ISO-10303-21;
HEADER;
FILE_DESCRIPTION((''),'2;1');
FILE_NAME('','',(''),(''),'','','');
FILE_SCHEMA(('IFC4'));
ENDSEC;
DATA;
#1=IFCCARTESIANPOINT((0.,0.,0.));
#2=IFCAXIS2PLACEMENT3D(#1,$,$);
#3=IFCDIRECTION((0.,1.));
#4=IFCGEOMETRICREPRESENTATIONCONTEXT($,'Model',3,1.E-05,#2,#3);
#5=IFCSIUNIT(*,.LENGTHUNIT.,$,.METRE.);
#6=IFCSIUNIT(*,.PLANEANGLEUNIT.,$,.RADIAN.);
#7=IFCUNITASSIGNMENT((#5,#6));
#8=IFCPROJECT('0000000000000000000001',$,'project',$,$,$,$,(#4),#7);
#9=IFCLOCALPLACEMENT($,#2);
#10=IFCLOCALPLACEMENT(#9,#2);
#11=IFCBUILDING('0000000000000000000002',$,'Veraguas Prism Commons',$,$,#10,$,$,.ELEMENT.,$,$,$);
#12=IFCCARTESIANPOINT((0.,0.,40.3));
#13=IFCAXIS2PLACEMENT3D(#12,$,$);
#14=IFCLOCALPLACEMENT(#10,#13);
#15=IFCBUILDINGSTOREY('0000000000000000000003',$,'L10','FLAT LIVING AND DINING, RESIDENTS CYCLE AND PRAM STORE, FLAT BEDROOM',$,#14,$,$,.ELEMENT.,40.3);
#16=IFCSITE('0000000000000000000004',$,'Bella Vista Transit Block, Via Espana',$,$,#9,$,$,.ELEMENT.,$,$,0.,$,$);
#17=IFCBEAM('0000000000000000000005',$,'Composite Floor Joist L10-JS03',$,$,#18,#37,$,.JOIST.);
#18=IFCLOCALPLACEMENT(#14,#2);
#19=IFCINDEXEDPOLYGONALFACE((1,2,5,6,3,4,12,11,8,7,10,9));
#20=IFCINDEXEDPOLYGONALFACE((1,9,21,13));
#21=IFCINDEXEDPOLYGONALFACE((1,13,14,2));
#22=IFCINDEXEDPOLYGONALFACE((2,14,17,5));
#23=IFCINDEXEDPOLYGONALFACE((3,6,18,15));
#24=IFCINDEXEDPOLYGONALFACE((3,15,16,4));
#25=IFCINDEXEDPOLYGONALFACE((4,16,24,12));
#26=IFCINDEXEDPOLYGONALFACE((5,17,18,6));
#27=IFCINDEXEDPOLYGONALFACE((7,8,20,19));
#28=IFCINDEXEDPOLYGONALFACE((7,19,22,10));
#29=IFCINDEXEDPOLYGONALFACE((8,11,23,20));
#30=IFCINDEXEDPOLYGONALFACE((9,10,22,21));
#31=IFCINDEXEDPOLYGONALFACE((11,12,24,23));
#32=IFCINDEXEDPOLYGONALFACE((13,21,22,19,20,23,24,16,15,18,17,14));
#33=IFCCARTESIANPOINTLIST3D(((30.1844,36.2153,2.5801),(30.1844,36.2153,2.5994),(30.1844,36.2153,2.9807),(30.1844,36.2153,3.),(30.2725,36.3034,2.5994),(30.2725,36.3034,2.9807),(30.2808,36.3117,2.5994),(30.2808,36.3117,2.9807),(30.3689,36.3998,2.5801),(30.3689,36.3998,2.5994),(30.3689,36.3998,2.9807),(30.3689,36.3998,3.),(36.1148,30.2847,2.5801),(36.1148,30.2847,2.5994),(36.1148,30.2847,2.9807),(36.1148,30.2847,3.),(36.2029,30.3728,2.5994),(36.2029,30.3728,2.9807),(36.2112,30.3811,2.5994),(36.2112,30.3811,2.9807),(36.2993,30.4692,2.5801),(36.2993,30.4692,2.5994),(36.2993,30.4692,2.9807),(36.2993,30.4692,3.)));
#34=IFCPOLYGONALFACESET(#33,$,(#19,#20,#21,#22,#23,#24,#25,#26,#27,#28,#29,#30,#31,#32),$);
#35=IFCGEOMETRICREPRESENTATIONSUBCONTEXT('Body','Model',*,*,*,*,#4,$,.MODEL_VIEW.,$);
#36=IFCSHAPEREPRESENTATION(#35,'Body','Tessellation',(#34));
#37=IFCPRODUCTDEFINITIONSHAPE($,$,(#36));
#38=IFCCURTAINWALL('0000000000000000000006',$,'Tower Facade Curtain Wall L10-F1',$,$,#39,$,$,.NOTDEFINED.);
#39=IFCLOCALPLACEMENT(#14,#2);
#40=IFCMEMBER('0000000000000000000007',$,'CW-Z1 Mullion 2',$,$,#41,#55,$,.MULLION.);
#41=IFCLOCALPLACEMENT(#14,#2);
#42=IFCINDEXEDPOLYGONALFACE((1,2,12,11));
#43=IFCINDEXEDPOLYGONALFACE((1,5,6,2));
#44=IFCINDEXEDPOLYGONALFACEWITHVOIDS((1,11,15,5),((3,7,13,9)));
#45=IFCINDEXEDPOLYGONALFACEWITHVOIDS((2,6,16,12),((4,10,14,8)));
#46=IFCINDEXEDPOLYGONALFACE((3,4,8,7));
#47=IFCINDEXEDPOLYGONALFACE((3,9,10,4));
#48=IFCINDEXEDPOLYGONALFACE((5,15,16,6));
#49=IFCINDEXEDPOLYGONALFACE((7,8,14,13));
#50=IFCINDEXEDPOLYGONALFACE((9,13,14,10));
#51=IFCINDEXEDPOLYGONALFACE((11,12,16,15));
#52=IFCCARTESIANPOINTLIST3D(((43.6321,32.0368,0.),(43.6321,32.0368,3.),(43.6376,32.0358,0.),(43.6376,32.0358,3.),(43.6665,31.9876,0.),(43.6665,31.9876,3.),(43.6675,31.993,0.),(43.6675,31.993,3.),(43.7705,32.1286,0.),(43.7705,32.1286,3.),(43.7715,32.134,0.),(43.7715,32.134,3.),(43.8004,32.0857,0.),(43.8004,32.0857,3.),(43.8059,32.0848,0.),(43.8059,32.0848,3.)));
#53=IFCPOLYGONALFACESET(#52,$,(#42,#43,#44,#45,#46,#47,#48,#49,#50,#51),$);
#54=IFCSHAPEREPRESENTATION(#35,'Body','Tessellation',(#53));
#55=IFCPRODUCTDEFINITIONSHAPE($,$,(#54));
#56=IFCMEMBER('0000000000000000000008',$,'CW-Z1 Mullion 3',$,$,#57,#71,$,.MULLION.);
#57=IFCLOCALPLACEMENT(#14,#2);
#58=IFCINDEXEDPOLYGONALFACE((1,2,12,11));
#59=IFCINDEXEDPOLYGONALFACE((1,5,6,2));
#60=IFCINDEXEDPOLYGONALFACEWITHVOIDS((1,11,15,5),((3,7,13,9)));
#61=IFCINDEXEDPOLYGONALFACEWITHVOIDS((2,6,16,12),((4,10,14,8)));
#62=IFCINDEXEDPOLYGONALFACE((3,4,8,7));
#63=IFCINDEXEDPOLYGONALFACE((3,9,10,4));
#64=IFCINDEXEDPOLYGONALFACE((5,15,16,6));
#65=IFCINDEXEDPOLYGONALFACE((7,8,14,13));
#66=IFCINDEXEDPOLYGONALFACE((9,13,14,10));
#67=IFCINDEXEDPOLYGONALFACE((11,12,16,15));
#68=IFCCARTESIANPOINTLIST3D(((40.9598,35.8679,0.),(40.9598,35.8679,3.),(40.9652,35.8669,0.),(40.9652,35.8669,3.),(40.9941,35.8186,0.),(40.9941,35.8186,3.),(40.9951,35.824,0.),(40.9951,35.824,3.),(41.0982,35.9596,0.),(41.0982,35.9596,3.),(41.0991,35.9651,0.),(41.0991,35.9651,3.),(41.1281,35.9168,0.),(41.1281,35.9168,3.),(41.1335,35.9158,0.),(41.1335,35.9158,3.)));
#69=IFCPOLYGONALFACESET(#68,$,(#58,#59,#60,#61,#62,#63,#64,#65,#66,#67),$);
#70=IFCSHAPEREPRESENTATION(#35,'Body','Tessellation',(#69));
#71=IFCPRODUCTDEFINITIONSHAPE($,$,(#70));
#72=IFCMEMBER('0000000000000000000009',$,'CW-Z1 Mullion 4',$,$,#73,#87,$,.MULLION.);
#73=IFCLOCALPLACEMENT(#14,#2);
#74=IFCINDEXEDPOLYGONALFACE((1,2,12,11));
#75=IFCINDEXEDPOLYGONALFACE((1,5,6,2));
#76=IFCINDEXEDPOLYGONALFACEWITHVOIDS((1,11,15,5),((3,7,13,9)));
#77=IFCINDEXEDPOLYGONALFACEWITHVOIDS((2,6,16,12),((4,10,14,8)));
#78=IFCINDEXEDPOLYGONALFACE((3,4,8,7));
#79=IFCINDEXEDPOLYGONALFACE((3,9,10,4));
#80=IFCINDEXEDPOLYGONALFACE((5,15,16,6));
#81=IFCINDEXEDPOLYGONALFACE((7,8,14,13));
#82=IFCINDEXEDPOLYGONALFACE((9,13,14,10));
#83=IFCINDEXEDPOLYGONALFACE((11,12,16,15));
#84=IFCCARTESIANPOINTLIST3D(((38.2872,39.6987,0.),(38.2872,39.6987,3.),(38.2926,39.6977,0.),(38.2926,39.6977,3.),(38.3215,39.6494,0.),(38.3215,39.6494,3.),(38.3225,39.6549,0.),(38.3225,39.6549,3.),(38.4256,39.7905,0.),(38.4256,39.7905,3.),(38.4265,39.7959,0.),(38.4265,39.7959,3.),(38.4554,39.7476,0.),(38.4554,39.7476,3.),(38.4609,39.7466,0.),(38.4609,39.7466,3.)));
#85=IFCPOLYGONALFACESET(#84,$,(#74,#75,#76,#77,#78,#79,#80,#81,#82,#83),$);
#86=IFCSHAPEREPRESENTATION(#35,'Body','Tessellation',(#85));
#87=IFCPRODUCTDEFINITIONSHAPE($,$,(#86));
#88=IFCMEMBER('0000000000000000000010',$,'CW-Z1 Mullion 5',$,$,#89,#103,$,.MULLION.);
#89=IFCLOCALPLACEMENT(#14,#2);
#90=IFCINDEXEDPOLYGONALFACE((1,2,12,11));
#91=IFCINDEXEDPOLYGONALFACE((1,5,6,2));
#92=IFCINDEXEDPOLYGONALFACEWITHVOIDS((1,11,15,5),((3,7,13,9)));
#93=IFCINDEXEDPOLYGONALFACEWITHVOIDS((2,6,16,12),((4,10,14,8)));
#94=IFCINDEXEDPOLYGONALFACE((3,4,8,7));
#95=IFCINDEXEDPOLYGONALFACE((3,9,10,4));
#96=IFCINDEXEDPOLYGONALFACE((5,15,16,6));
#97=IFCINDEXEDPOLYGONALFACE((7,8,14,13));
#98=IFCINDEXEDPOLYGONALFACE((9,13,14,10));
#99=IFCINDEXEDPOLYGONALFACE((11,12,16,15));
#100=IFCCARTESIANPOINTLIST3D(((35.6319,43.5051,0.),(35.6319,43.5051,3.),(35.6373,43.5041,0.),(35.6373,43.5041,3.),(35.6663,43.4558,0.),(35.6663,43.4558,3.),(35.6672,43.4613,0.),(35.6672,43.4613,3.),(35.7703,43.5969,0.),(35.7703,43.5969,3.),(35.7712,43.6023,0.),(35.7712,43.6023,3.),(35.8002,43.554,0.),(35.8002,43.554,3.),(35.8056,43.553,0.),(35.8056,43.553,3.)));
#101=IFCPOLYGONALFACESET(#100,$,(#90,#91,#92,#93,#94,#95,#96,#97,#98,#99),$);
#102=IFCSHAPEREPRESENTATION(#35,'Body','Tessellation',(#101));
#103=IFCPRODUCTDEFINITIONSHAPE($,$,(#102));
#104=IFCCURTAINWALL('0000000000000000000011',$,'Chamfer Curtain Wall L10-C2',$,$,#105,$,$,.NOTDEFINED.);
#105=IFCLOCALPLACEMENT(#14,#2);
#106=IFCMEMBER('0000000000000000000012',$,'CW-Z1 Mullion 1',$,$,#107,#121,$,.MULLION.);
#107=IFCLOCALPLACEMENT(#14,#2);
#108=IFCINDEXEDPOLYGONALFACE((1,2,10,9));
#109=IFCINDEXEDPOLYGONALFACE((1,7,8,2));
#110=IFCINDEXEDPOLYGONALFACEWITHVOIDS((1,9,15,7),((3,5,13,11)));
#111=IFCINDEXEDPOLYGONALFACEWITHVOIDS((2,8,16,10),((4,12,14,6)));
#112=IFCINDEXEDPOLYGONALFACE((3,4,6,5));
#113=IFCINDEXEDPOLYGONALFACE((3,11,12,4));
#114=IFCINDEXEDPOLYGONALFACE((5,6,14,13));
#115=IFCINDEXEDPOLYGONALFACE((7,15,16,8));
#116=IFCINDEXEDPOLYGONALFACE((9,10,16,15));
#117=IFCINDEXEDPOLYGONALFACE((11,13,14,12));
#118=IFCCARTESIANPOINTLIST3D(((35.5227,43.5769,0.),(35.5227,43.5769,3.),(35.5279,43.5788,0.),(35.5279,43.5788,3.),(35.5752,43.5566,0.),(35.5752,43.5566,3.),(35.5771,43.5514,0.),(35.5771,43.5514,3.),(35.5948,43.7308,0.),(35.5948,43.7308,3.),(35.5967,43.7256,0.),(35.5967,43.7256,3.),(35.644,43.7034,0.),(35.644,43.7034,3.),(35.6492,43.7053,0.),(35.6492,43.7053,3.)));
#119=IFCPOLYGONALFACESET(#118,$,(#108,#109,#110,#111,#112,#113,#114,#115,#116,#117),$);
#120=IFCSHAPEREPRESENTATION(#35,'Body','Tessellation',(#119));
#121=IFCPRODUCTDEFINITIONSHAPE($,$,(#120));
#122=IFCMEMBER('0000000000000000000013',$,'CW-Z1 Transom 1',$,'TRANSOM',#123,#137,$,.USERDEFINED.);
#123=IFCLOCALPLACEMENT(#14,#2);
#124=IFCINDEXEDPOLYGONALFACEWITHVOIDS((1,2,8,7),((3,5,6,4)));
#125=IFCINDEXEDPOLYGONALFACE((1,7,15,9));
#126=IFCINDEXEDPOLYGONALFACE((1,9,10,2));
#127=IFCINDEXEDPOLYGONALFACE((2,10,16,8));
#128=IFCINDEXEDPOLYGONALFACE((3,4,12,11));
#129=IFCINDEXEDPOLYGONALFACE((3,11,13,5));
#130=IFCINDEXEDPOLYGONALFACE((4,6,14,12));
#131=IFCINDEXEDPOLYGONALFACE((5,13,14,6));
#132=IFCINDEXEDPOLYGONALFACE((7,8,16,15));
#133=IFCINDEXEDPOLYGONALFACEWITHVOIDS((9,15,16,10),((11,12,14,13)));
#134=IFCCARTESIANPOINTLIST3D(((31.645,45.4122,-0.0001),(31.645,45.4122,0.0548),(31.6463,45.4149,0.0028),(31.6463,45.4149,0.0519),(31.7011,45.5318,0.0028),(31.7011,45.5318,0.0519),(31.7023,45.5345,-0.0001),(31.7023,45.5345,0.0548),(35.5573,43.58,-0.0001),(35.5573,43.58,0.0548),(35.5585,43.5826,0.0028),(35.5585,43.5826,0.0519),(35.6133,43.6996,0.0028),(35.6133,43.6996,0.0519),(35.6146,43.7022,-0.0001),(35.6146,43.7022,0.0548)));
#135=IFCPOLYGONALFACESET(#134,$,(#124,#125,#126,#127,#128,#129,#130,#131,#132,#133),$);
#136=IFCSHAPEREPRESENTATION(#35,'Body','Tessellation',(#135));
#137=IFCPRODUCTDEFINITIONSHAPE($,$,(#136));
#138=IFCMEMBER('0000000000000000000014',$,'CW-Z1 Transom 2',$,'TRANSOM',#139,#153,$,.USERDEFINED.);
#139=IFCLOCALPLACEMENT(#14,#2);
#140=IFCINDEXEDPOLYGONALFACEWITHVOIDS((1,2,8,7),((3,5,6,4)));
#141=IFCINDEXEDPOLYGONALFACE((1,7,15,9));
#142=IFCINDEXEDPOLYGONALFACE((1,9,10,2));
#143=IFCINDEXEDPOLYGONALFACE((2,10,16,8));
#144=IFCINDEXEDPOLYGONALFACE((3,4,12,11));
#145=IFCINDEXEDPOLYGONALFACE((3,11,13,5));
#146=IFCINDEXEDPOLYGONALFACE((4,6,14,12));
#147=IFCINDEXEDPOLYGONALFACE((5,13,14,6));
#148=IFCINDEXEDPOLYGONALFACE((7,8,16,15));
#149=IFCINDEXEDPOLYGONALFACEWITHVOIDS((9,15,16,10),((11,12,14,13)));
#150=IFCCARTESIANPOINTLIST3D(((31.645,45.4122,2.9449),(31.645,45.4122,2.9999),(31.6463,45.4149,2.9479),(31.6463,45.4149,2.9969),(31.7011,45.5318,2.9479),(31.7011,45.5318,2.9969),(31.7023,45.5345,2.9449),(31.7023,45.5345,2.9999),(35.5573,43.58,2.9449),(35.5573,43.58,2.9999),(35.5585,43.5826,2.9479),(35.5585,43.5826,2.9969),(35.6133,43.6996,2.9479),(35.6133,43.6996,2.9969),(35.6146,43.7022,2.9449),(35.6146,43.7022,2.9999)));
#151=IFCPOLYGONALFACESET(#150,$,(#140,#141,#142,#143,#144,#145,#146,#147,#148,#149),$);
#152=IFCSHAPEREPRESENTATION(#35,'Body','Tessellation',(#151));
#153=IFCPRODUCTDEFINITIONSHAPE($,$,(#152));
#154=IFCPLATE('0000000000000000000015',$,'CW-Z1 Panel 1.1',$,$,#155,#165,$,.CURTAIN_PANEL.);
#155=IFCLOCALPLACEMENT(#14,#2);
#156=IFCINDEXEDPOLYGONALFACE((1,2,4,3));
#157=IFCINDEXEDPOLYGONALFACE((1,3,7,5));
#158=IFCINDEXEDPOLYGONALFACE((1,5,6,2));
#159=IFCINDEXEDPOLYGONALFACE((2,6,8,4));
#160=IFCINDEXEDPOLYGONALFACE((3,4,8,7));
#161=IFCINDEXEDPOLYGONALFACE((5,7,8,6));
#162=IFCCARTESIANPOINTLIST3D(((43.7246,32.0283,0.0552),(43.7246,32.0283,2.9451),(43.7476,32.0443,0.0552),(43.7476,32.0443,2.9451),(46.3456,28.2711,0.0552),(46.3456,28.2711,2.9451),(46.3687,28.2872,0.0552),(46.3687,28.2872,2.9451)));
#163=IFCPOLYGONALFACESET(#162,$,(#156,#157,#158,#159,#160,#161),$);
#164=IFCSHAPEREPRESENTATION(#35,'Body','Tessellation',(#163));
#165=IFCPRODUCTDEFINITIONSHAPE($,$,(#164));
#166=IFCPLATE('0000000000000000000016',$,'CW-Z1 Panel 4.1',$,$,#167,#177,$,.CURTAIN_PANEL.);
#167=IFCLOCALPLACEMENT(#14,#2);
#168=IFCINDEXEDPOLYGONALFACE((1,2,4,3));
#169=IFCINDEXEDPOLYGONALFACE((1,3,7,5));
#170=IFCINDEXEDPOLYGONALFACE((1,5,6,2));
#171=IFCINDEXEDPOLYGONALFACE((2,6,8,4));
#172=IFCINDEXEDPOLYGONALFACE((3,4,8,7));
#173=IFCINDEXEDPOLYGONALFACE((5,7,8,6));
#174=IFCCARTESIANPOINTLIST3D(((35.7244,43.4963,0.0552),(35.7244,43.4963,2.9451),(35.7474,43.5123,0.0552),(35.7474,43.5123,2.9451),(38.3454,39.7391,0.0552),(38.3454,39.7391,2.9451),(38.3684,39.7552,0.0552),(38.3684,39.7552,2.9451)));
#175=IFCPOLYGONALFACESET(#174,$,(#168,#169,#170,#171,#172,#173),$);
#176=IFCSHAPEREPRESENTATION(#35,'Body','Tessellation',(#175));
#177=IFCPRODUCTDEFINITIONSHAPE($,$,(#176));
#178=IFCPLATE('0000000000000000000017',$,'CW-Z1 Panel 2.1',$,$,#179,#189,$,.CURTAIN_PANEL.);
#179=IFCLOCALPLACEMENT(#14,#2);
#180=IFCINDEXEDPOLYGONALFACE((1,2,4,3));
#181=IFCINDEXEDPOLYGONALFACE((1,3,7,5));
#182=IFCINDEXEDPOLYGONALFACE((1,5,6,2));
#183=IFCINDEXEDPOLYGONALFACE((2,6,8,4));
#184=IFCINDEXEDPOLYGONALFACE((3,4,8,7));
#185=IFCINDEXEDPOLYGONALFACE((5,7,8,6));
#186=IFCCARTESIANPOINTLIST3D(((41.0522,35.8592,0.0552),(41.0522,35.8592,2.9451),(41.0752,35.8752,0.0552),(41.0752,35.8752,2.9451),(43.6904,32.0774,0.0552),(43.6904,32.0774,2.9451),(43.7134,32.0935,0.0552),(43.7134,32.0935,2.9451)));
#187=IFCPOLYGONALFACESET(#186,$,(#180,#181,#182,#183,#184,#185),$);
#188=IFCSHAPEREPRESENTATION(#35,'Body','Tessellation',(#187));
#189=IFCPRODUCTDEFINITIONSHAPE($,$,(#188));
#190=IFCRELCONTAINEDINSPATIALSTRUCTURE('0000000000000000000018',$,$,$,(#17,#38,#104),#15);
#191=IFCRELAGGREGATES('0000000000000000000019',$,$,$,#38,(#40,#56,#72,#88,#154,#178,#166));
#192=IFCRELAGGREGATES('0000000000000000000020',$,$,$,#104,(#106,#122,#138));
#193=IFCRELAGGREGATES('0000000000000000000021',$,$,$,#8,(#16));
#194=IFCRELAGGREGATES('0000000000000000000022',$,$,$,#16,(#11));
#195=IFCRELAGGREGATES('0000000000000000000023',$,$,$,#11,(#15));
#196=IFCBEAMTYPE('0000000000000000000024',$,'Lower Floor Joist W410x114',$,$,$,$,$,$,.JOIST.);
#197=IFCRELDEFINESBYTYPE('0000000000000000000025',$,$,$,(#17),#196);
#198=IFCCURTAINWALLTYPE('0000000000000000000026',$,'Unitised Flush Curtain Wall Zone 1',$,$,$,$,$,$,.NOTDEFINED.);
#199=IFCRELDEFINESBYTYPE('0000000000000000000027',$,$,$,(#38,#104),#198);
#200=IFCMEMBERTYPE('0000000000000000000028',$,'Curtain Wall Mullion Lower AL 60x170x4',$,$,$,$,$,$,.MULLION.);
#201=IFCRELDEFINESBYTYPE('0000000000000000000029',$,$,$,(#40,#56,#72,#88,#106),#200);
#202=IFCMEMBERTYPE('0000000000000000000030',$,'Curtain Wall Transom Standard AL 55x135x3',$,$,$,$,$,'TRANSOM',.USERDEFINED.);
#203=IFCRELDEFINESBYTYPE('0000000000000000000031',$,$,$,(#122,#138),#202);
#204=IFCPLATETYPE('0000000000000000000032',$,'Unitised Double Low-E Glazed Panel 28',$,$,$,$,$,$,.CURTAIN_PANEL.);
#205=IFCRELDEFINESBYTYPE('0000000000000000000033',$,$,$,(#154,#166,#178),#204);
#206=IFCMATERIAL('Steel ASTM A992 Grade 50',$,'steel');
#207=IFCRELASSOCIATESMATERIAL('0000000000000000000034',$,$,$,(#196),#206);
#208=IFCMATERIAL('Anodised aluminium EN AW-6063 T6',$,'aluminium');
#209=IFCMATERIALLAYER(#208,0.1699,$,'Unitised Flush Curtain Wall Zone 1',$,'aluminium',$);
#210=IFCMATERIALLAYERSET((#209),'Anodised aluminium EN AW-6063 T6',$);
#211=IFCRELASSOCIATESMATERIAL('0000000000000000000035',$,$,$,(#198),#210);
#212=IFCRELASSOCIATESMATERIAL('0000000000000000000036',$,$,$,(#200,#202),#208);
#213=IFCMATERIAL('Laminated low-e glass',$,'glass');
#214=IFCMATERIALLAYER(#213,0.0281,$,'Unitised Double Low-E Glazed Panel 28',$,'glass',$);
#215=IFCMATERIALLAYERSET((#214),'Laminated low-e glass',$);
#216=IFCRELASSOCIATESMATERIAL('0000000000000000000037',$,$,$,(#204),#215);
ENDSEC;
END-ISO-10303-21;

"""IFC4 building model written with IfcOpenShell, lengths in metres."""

from ifc_helpers import new_model, si_unit, direction, frame, origin, origin_2d, place, context, subcontext, project, spatial, rectangle, hollow_rectangle, i_section, extrude, source, transform, mapped, material, layer, layer_set, material_profile, profile_set, type_object, element, aggregate, save


model = new_model("IFC4")

# Units and contexts
model_context = context("Model", 3, precision=1e-05, world=origin(), true_north=direction((0.0, 1.0)))
body_context = subcontext(model_context, "Body", "Model", "MODEL_VIEW")
ifc_project = project(units=[si_unit("LENGTHUNIT", "METRE"), si_unit("PLANEANGLEUNIT", "RADIAN")], contexts=[model_context])

# Site, building, storey
site_placement = place(None, origin())
site = spatial("IfcSite", under=ifc_project, at=site_placement, Name="Bella Vista Transit Block, Via Espana", CompositionType="ELEMENT", RefElevation=0.0)
building_placement = place(site_placement, origin())
building = spatial("IfcBuilding", under=site, at=building_placement, Name="Veraguas Prism Commons", CompositionType="ELEMENT")
storey_placement = place(building_placement, frame((0.0, 0.0, 40.3)))
storey = spatial("IfcBuildingStorey", under=building, at=storey_placement, Name="L10", Description="FLAT LIVING AND DINING, RESIDENTS CYCLE AND PRAM STORE, FLAT BEDROOM", CompositionType="ELEMENT", Elevation=40.3)

# Beam
ifc_material_1 = material(Name="Steel ASTM A992 Grade 50", Category="steel")
ifc_material_profile_1 = material_profile(ifc_material_1, i_section(OverallWidth=0.261, OverallDepth=0.4199, WebThickness=0.0117, FlangeThickness=0.0193, at=origin_2d()), Name="W410X114")
ifc_profile_set_1 = profile_set([ifc_material_profile_1], Name="Steel ASTM A992 Grade 50")
beam_type = type_object("IfcBeamType", Name="Lower Floor Joist W410x114", PredefinedType="JOIST", material=ifc_profile_set_1)
beam_placement = place(storey_placement, frame((36.207, 30.377, 2.79), z_axis=(-0.707092, 0.707121, 0.0), x_axis=(-0.707121, -0.707092, 0.0)))
element("IfcBeam", 1, at=beam_placement, inside=storey, type_object=beam_type, Name="Composite Floor Joist L10-JS03", PredefinedType="JOIST", context=body_context, shape_type="SweptSolid", body=[
    extrude(i_section(OverallWidth=0.261, OverallDepth=0.4199, WebThickness=0.0117, FlangeThickness=0.0193, at=origin_2d()), origin(), (0.0, 0.0, 1.0), 8.387),
])

# Curtain walls, members
ifc_material_2 = material(Name="Anodised aluminium EN AW-6063 T6", Category="aluminium")
ifc_layer_1 = layer(ifc_material_2, 0.1699, Name="Unitised Flush Curtain Wall Zone 1", Category="aluminium")
ifc_layer_set_1 = layer_set([ifc_layer_1], Name="Anodised aluminium EN AW-6063 T6")
curtain_wall_type = type_object("IfcCurtainWallType", Name="Unitised Flush Curtain Wall Zone 1", PredefinedType="NOTDEFINED", material=ifc_layer_set_1)
curtain_wall_1_placement = place(storey_placement, origin())
curtain_wall_1 = element("IfcCurtainWall", 2, at=curtain_wall_1_placement, inside=storey, type_object=curtain_wall_type, Name="Tower Facade Curtain Wall L10-F1", PredefinedType="NOTDEFINED")
ifc_material_profile_2 = material_profile(ifc_material_2, hollow_rectangle(XDim=0.0601, YDim=0.1699, WallThickness=0.0039, at=origin_2d()), Name="AL60X170X4")
ifc_profile_set_2 = profile_set([ifc_material_profile_2], Name="Anodised aluminium EN AW-6063 T6")
member_type_1 = type_object("IfcMemberType", Name="Curtain Wall Mullion Lower AL 60x170x4", PredefinedType="MULLION", material=ifc_profile_set_2)
shared_shape_1 = source(origin(), body_context, "Body", "SweptSolid", [
    extrude(hollow_rectangle(XDim=0.0601, YDim=0.1699, WallThickness=0.0039, at=origin_2d()), origin(), (0.0, 0.0, 1.0), 3.0),
])
member_1_placement = place(storey_placement, frame((43.719, 32.0608, 0.0), z_axis=(0.0, 0.0, 1.0), x_axis=(-0.572146, 0.820152, 0.0)))
member_1 = element("IfcMember", 3, at=member_1_placement, type_object=member_type_1, Name="CW-Z1 Mullion 2", PredefinedType="MULLION", context=body_context, shape_type="MappedRepresentation", body=[
    mapped(shared_shape_1, transform((0.0, 0.0, 0.0), scale=1.0)),
])
member_2_placement = place(storey_placement, frame((41.0466, 35.8918, 0.0), z_axis=(0.0, 0.0, 1.0), x_axis=(-0.572146, 0.820152, 0.0)))
member_2 = element("IfcMember", 4, at=member_2_placement, type_object=member_type_1, Name="CW-Z1 Mullion 3", PredefinedType="MULLION", context=body_context, shape_type="MappedRepresentation", body=[
    mapped(shared_shape_1, transform((0.0, 0.0, 0.0), scale=1.0)),
])
member_3_placement = place(storey_placement, frame((38.374, 39.7227, 0.0), z_axis=(0.0, 0.0, 1.0), x_axis=(-0.572146, 0.820152, 0.0)))
member_3 = element("IfcMember", 5, at=member_3_placement, type_object=member_type_1, Name="CW-Z1 Mullion 4", PredefinedType="MULLION", context=body_context, shape_type="MappedRepresentation", body=[
    mapped(shared_shape_1, transform((0.0, 0.0, 0.0), scale=1.0)),
])
member_4_placement = place(storey_placement, frame((35.7188, 43.5291, 0.0), z_axis=(0.0, 0.0, 1.0), x_axis=(-0.572146, 0.820152, 0.0)))
member_4 = element("IfcMember", 6, at=member_4_placement, type_object=member_type_1, Name="CW-Z1 Mullion 5", PredefinedType="MULLION", context=body_context, shape_type="MappedRepresentation", body=[
    mapped(shared_shape_1, transform((0.0, 0.0, 0.0), scale=1.0)),
])
curtain_wall_2_placement = place(storey_placement, origin())
curtain_wall_2 = element("IfcCurtainWall", 7, at=curtain_wall_2_placement, inside=storey, type_object=curtain_wall_type, Name="Chamfer Curtain Wall L10-C2", PredefinedType="NOTDEFINED")
member_5_placement = place(storey_placement, frame((35.5859, 43.6411, 0.0), z_axis=(0.0, 0.0, 1.0), x_axis=(-0.905581, 0.424173, 0.0)))
member_5 = element("IfcMember", 8, at=member_5_placement, type_object=member_type_1, Name="CW-Z1 Mullion 1", PredefinedType="MULLION", context=body_context, shape_type="MappedRepresentation", body=[
    mapped(shared_shape_1, transform((0.0, 0.0, 0.0), scale=1.0)),
])
ifc_material_profile_3 = material_profile(ifc_material_2, hollow_rectangle(XDim=0.0549, YDim=0.135, WallThickness=0.0029, at=origin_2d()), Name="AL55X135X3")
ifc_profile_set_3 = profile_set([ifc_material_profile_3], Name="Anodised aluminium EN AW-6063 T6")
member_type_2 = type_object("IfcMemberType", Name="Curtain Wall Transom Standard AL 55x135x3", ElementType="TRANSOM", PredefinedType="USERDEFINED", material=ifc_profile_set_3)
shared_shape_2 = source(origin(), body_context, "Body", "SweptSolid", [
    extrude(hollow_rectangle(XDim=0.0549, YDim=0.135, WallThickness=0.0029, at=origin_2d()), origin(), (0.0, 0.0, 1.0), 4.3201),
])
member_6_placement = place(storey_placement, frame((35.5859, 43.6411, 0.0273), z_axis=(-0.905605, 0.424123, 0.0), x_axis=(0.0, 0.0, 1.0)))
member_6 = element("IfcMember", 9, at=member_6_placement, type_object=member_type_2, Name="CW-Z1 Transom 1", ObjectType="TRANSOM", PredefinedType="USERDEFINED", context=body_context, shape_type="MappedRepresentation", body=[
    mapped(shared_shape_2, transform((0.0, 0.0, 0.0), scale=1.0)),
])
member_7_placement = place(storey_placement, frame((35.5859, 43.6411, 2.9724), z_axis=(-0.905605, 0.424123, 0.0), x_axis=(0.0, 0.0, 1.0)))
member_7 = element("IfcMember", 10, at=member_7_placement, type_object=member_type_2, Name="CW-Z1 Transom 2", ObjectType="TRANSOM", PredefinedType="USERDEFINED", context=body_context, shape_type="MappedRepresentation", body=[
    mapped(shared_shape_2, transform((0.0, 0.0, 0.0), scale=1.0)),
])

# Plates
ifc_material_3 = material(Name="Laminated low-e glass", Category="glass")
ifc_layer_2 = layer(ifc_material_3, 0.0281, Name="Unitised Double Low-E Glazed Panel 28", Category="glass")
ifc_layer_set_2 = layer_set([ifc_layer_2], Name="Laminated low-e glass")
plate_type = type_object("IfcPlateType", Name="Unitised Double Low-E Glazed Panel 28", PredefinedType="CURTAIN_PANEL", material=ifc_layer_set_2)
shared_shape_3 = source(origin(), body_context, "Body", "SweptSolid", [
    extrude(rectangle(XDim=4.5811, YDim=0.0281, at=origin_2d()), origin(), (0.0, 0.0, 1.0), 2.8899),
])
plate_1_placement = place(storey_placement, frame((45.0466, 30.1577, 0.0552), z_axis=(0.0, 0.0, 1.0), x_axis=(-0.572146, 0.820152, 0.0)))
plate_1 = element("IfcPlate", 11, at=plate_1_placement, type_object=plate_type, Name="CW-Z1 Panel 1.1", PredefinedType="CURTAIN_PANEL", context=body_context, shape_type="MappedRepresentation", body=[
    mapped(shared_shape_3, transform((0.0, 0.0, 0.0), scale=1.0)),
])
plate_2_placement = place(storey_placement, frame((37.0464, 41.6257, 0.0552), z_axis=(0.0, 0.0, 1.0), x_axis=(-0.572146, 0.820152, 0.0)))
plate_2 = element("IfcPlate", 12, at=plate_2_placement, type_object=plate_type, Name="CW-Z1 Panel 4.1", PredefinedType="CURTAIN_PANEL", context=body_context, shape_type="MappedRepresentation", body=[
    mapped(shared_shape_3, transform((0.0, 0.0, 0.0), scale=1.0)),
])
shared_shape_4 = source(origin(), body_context, "Body", "SweptSolid", [
    extrude(rectangle(XDim=4.6111, YDim=0.0281, at=origin_2d()), origin(), (0.0, 0.0, 1.0), 2.8899),
])
plate_3_placement = place(storey_placement, frame((42.3828, 33.9763, 0.0552), z_axis=(0.0, 0.0, 1.0), x_axis=(-0.572146, 0.820152, 0.0)))
plate_3 = element("IfcPlate", 13, at=plate_3_placement, type_object=plate_type, Name="CW-Z1 Panel 2.1", PredefinedType="CURTAIN_PANEL", context=body_context, shape_type="MappedRepresentation", body=[
    mapped(shared_shape_4, transform((0.0, 0.0, 0.0), scale=1.0)),
])
aggregate(curtain_wall_1, [member_1, member_2, member_3, member_4, plate_1, plate_3, plate_2])
aggregate(curtain_wall_2, [member_5, member_6, member_7])

save(model, "model.ifc")
